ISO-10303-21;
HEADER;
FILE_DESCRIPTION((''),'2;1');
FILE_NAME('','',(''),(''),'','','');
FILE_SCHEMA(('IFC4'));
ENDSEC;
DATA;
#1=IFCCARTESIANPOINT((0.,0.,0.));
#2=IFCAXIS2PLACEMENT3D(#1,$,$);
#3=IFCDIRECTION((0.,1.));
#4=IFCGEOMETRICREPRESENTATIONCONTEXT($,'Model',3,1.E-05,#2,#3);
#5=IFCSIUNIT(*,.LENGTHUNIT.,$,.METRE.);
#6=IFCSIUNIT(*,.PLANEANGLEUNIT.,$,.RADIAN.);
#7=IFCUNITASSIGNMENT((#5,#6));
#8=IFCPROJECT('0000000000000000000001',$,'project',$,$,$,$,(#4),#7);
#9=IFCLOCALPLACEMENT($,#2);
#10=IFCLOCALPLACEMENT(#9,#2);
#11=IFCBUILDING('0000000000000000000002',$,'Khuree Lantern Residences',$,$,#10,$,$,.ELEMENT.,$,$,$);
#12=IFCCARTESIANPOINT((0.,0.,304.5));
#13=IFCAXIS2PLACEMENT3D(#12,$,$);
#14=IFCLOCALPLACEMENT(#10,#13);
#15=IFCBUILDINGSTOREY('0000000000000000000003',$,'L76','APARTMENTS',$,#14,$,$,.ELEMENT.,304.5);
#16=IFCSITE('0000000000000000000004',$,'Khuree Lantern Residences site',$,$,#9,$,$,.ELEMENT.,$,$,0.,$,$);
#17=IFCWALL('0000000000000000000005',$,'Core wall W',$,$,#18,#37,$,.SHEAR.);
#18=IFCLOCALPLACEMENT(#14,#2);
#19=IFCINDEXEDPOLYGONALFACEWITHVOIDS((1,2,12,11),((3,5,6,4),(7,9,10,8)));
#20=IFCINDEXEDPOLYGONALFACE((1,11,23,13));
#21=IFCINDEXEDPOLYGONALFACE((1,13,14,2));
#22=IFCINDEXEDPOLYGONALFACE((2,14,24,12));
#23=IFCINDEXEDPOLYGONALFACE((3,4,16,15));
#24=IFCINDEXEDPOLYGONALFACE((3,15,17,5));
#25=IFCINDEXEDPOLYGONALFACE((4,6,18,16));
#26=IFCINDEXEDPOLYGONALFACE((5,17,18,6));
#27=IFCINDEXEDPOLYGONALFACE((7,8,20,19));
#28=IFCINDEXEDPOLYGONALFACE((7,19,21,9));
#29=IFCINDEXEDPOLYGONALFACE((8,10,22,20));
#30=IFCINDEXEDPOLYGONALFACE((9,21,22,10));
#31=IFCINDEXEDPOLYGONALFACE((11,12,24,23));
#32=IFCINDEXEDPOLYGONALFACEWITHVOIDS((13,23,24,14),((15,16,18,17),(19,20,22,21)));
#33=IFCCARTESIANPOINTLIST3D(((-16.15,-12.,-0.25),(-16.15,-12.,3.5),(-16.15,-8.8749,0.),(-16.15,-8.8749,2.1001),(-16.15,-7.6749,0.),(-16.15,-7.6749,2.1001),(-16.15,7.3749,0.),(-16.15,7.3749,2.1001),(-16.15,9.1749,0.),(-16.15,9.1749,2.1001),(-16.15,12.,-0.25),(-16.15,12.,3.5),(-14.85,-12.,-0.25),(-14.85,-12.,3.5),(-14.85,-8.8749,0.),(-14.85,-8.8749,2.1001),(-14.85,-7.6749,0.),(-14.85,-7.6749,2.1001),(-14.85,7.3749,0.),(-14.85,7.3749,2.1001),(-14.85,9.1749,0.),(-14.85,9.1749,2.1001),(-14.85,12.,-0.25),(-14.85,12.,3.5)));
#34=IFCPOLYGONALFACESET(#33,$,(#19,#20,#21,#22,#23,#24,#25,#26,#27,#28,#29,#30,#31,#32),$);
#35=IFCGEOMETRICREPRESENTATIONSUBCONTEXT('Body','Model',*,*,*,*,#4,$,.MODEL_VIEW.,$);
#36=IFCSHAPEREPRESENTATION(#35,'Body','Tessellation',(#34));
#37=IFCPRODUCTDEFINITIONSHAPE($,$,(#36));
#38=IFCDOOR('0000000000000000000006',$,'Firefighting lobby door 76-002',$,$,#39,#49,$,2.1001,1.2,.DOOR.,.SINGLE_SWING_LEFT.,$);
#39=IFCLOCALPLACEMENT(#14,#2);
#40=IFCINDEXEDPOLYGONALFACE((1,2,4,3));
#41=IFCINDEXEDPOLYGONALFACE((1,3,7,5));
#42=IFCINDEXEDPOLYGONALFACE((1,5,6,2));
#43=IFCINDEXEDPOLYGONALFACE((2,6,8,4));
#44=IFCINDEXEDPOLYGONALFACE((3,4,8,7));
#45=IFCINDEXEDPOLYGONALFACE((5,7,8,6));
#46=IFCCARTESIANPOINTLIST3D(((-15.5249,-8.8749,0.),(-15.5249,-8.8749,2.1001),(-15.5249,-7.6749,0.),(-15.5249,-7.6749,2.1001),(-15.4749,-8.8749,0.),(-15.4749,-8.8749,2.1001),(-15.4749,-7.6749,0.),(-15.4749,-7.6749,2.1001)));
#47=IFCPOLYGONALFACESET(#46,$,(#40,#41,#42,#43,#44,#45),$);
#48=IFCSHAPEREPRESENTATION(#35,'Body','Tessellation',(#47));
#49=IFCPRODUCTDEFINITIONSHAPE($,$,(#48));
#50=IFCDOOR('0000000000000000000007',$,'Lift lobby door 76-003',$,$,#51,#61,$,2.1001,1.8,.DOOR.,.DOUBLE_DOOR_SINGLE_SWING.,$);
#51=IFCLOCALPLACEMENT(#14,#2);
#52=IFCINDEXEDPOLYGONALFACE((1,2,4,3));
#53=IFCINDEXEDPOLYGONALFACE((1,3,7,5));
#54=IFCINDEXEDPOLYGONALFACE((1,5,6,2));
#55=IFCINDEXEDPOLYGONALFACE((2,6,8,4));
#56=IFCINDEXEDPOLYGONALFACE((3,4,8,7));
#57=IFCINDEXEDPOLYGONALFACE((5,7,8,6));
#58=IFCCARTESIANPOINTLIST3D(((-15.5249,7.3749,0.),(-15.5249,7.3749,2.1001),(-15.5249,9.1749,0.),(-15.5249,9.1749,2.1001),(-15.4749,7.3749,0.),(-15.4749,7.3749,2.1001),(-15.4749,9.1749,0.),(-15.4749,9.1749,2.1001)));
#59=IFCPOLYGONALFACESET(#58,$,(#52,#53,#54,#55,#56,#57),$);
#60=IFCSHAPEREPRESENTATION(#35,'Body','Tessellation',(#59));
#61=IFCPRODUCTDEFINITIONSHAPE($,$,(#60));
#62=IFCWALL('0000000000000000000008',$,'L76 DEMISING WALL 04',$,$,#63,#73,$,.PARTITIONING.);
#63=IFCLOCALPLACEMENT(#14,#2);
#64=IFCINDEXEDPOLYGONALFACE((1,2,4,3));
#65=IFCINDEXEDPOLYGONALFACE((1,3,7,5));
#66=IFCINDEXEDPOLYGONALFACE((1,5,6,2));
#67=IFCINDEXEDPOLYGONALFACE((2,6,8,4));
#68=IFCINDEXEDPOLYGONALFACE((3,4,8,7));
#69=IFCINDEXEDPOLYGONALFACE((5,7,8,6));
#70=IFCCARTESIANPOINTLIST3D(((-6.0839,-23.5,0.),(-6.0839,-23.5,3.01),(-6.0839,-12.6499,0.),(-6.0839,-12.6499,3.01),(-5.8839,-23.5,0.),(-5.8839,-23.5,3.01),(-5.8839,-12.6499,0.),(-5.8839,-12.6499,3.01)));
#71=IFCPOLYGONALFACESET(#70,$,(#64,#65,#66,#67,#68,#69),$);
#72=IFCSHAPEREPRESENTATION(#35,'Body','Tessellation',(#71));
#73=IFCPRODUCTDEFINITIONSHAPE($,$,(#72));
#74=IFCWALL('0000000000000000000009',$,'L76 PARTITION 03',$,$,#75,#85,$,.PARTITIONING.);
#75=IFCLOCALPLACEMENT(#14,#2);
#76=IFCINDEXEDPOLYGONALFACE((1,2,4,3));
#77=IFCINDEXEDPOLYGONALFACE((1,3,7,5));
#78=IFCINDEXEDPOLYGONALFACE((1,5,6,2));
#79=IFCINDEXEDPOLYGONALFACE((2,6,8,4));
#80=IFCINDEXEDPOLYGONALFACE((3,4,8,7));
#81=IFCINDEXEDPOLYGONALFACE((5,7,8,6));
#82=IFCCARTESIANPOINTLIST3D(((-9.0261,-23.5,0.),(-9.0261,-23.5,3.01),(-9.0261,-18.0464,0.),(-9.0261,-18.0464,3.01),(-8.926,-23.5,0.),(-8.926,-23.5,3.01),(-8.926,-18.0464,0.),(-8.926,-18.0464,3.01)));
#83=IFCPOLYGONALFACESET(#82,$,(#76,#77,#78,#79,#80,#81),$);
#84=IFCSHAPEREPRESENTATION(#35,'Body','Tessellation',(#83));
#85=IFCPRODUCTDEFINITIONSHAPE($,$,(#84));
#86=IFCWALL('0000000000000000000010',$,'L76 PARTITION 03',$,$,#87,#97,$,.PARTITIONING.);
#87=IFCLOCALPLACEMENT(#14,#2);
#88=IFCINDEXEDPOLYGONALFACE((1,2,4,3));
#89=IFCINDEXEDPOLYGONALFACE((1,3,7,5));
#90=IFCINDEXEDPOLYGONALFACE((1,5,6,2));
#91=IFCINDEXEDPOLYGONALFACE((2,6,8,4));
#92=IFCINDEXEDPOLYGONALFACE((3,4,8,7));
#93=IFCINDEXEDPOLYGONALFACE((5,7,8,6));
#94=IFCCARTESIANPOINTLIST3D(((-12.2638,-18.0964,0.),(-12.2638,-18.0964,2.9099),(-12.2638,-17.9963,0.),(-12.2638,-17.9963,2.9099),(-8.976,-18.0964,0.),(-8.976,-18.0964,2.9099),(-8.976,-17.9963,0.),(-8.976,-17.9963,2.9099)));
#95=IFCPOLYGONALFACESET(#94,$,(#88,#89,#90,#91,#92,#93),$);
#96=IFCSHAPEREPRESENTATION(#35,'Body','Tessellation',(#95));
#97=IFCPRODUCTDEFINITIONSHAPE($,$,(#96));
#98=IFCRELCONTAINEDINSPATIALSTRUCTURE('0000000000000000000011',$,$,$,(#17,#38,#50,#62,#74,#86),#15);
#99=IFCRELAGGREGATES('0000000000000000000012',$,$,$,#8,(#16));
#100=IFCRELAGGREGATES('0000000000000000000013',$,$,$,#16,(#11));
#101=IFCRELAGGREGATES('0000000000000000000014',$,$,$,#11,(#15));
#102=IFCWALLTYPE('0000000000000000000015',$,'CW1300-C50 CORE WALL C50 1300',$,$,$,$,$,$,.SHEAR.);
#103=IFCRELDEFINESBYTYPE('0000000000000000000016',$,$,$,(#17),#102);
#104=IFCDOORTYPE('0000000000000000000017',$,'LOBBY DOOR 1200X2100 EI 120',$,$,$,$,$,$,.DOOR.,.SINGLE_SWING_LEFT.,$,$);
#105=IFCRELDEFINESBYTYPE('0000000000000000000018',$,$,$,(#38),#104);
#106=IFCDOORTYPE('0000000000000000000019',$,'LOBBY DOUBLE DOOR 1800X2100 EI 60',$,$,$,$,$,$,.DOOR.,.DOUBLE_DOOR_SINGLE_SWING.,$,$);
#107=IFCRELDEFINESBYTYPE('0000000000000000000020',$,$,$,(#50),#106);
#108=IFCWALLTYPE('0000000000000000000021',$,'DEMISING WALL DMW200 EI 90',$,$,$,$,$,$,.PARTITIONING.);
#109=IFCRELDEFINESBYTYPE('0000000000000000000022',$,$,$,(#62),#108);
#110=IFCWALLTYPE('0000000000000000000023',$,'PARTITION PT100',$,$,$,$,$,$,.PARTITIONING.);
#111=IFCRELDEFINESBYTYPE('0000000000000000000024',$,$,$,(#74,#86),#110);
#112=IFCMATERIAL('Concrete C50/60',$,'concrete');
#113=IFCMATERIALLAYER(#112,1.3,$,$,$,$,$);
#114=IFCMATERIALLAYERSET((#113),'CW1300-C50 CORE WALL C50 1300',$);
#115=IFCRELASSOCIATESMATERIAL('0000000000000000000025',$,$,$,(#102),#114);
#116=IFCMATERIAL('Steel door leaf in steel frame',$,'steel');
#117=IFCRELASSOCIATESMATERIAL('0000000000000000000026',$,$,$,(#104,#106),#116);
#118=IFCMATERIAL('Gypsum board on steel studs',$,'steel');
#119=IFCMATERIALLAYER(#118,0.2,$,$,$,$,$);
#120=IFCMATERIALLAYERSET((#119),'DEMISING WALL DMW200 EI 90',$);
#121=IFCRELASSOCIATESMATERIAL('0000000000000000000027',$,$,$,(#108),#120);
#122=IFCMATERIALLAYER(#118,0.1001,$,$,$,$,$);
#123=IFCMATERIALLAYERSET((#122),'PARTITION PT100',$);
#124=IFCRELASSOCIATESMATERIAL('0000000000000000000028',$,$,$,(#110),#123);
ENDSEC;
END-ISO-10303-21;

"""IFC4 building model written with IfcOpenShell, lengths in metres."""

from ifc_helpers import new_model, si_unit, direction, frame, frame_2d, origin, place, context, subcontext, project, spatial, rectangle, extrude, material, layer, layer_set, type_object, element, fill, save


model = new_model("IFC4")

# Units and contexts
model_context = context("Model", 3, precision=1e-05, world=origin(), true_north=direction((0.0, 1.0)))
body_context = subcontext(model_context, "Body", "Model", "MODEL_VIEW")
ifc_project = project(units=[si_unit("LENGTHUNIT", "METRE"), si_unit("PLANEANGLEUNIT", "RADIAN")], contexts=[model_context])

# Site, building, storey
site_placement = place(None, origin())
site = spatial("IfcSite", under=ifc_project, at=site_placement, Name="Khuree Lantern Residences site", CompositionType="ELEMENT", RefElevation=0.0)
building_placement = place(site_placement, origin())
building = spatial("IfcBuilding", under=site, at=building_placement, Name="Khuree Lantern Residences", CompositionType="ELEMENT")
storey_placement = place(building_placement, frame((0.0, 0.0, 304.5)))
storey = spatial("IfcBuildingStorey", under=building, at=storey_placement, Name="L76", Description="APARTMENTS", CompositionType="ELEMENT", Elevation=304.5)

# Wall, openings, doors
ifc_material_1 = material(Name="Concrete C50/60", Category="concrete")
ifc_layer_1 = layer(ifc_material_1, 1.3)
ifc_layer_set_1 = layer_set([ifc_layer_1], Name="CW1300-C50 CORE WALL C50 1300")
wall_type_1 = type_object("IfcWallType", Name="CW1300-C50 CORE WALL C50 1300", PredefinedType="SHEAR", material=ifc_layer_set_1)
wall_1_placement = place(storey_placement, frame((-15.5, -12.0, -0.25), z_axis=(0.0, 0.0, 1.0), x_axis=(0.0, 1.0, 0.0)))
wall_1 = element("IfcWall", 1, at=wall_1_placement, inside=storey, type_object=wall_type_1, Name="Core wall W", PredefinedType="SHEAR", context=body_context, shape_type="SweptSolid", body=[
    extrude(rectangle(XDim=24.0, YDim=1.3, at=frame_2d((12.0, 0.0))), origin(), (0.0, 0.0, 1.0), 3.75),
])
opening_1_placement = place(wall_1_placement, frame((3.125, 0.0, 0.25)))
opening_1 = element("IfcOpeningElement", 2, at=opening_1_placement, cuts=wall_1, PredefinedType="OPENING", context=body_context, shape_type="SweptSolid", body=[
    extrude(rectangle(XDim=1.2, YDim=2.1001, at=frame_2d((0.6001, 1.05))), frame((0.0, 0.6602, 0.0), z_axis=(0.0, -1.0, 0.0), x_axis=(1.0, 0.0, 0.0)), (0.0, 0.0, 1.0), 1.3201),
])
opening_2_placement = place(wall_1_placement, frame((19.375, 0.0, 0.25)))
opening_2 = element("IfcOpeningElement", 3, at=opening_2_placement, cuts=wall_1, PredefinedType="OPENING", context=body_context, shape_type="SweptSolid", body=[
    extrude(rectangle(XDim=1.8, YDim=2.1001, at=frame_2d((0.8999, 1.05))), frame((0.0, 0.6602, 0.0), z_axis=(0.0, -1.0, 0.0), x_axis=(1.0, 0.0, 0.0)), (0.0, 0.0, 1.0), 1.3201),
])
ifc_material_2 = material(Name="Steel door leaf in steel frame", Category="steel")
door_type_1 = type_object("IfcDoorType", Name="LOBBY DOOR 1200X2100 EI 120", OperationType="SINGLE_SWING_LEFT", PredefinedType="DOOR", material=ifc_material_2)
door_1_placement = place(opening_1_placement, origin())
door_1 = element("IfcDoor", 4, at=door_1_placement, inside=storey, type_object=door_type_1, Name="Firefighting lobby door 76-002", OperationType="SINGLE_SWING_LEFT", OverallHeight=2.1001, OverallWidth=1.2, PredefinedType="DOOR", context=body_context, shape_type="SweptSolid", body=[
    extrude(rectangle(XDim=1.2, YDim=2.1001, at=frame_2d((0.6001, 1.05))), frame((0.0, 0.0249, 0.0), z_axis=(0.0, -1.0, 0.0), x_axis=(1.0, 0.0, 0.0)), (0.0, 0.0, 1.0), 0.05),
])
fill(opening_1, door_1)
door_type_2 = type_object("IfcDoorType", Name="LOBBY DOUBLE DOOR 1800X2100 EI 60", OperationType="DOUBLE_DOOR_SINGLE_SWING", PredefinedType="DOOR", material=ifc_material_2)
door_2_placement = place(opening_2_placement, origin())
door_2 = element("IfcDoor", 5, at=door_2_placement, inside=storey, type_object=door_type_2, Name="Lift lobby door 76-003", OperationType="DOUBLE_DOOR_SINGLE_SWING", OverallHeight=2.1001, OverallWidth=1.8, PredefinedType="DOOR", context=body_context, shape_type="SweptSolid", body=[
    extrude(rectangle(XDim=1.8, YDim=2.1001, at=frame_2d((0.8999, 1.05))), frame((0.0, 0.0249, 0.0), z_axis=(0.0, -1.0, 0.0), x_axis=(1.0, 0.0, 0.0)), (0.0, 0.0, 1.0), 0.05),
])
fill(opening_2, door_2)

# Walls
ifc_material_3 = material(Name="Gypsum board on steel studs", Category="steel")
ifc_layer_2 = layer(ifc_material_3, 0.2)
ifc_layer_set_2 = layer_set([ifc_layer_2], Name="DEMISING WALL DMW200 EI 90")
wall_type_2 = type_object("IfcWallType", Name="DEMISING WALL DMW200 EI 90", PredefinedType="PARTITIONING", material=ifc_layer_set_2)
wall_2_placement = place(storey_placement, frame((-5.9839, -12.6499, 0.0), z_axis=(0.0, 0.0, 1.0), x_axis=(0.0, -1.0, 0.0)))
element("IfcWall", 6, at=wall_2_placement, inside=storey, type_object=wall_type_2, Name="L76 DEMISING WALL 04", PredefinedType="PARTITIONING", context=body_context, shape_type="SweptSolid", body=[
    extrude(rectangle(XDim=10.8501, YDim=0.2, at=frame_2d((5.425, 0.0))), origin(), (0.0, 0.0, 1.0), 3.01),
])
ifc_layer_3 = layer(ifc_material_3, 0.1001)
ifc_layer_set_3 = layer_set([ifc_layer_3], Name="PARTITION PT100")
wall_type_3 = type_object("IfcWallType", Name="PARTITION PT100", PredefinedType="PARTITIONING", material=ifc_layer_set_3)
wall_3_placement = place(storey_placement, frame((-8.9761, -18.0464, 0.0), z_axis=(0.0, 0.0, 1.0), x_axis=(0.0, -1.0, 0.0)))
element("IfcWall", 7, at=wall_3_placement, inside=storey, type_object=wall_type_3, Name="L76 PARTITION 03", PredefinedType="PARTITIONING", context=body_context, shape_type="SweptSolid", body=[
    extrude(rectangle(XDim=5.4536, YDim=0.1001, at=frame_2d((2.7268, 0.0))), origin(), (0.0, 0.0, 1.0), 3.01),
])
wall_4_placement = place(storey_placement, frame((-12.2639, -18.0464, 0.0), z_axis=(0.0, 0.0, 1.0), x_axis=(1.0, 0.0, 0.0)))
element("IfcWall", 8, at=wall_4_placement, inside=storey, type_object=wall_type_3, Name="L76 PARTITION 03", PredefinedType="PARTITIONING", context=body_context, shape_type="SweptSolid", body=[
    extrude(rectangle(XDim=3.2878, YDim=0.1001, at=frame_2d((1.644, 0.0))), origin(), (0.0, 0.0, 1.0), 2.9099),
])

save(model, "model.ifc")
